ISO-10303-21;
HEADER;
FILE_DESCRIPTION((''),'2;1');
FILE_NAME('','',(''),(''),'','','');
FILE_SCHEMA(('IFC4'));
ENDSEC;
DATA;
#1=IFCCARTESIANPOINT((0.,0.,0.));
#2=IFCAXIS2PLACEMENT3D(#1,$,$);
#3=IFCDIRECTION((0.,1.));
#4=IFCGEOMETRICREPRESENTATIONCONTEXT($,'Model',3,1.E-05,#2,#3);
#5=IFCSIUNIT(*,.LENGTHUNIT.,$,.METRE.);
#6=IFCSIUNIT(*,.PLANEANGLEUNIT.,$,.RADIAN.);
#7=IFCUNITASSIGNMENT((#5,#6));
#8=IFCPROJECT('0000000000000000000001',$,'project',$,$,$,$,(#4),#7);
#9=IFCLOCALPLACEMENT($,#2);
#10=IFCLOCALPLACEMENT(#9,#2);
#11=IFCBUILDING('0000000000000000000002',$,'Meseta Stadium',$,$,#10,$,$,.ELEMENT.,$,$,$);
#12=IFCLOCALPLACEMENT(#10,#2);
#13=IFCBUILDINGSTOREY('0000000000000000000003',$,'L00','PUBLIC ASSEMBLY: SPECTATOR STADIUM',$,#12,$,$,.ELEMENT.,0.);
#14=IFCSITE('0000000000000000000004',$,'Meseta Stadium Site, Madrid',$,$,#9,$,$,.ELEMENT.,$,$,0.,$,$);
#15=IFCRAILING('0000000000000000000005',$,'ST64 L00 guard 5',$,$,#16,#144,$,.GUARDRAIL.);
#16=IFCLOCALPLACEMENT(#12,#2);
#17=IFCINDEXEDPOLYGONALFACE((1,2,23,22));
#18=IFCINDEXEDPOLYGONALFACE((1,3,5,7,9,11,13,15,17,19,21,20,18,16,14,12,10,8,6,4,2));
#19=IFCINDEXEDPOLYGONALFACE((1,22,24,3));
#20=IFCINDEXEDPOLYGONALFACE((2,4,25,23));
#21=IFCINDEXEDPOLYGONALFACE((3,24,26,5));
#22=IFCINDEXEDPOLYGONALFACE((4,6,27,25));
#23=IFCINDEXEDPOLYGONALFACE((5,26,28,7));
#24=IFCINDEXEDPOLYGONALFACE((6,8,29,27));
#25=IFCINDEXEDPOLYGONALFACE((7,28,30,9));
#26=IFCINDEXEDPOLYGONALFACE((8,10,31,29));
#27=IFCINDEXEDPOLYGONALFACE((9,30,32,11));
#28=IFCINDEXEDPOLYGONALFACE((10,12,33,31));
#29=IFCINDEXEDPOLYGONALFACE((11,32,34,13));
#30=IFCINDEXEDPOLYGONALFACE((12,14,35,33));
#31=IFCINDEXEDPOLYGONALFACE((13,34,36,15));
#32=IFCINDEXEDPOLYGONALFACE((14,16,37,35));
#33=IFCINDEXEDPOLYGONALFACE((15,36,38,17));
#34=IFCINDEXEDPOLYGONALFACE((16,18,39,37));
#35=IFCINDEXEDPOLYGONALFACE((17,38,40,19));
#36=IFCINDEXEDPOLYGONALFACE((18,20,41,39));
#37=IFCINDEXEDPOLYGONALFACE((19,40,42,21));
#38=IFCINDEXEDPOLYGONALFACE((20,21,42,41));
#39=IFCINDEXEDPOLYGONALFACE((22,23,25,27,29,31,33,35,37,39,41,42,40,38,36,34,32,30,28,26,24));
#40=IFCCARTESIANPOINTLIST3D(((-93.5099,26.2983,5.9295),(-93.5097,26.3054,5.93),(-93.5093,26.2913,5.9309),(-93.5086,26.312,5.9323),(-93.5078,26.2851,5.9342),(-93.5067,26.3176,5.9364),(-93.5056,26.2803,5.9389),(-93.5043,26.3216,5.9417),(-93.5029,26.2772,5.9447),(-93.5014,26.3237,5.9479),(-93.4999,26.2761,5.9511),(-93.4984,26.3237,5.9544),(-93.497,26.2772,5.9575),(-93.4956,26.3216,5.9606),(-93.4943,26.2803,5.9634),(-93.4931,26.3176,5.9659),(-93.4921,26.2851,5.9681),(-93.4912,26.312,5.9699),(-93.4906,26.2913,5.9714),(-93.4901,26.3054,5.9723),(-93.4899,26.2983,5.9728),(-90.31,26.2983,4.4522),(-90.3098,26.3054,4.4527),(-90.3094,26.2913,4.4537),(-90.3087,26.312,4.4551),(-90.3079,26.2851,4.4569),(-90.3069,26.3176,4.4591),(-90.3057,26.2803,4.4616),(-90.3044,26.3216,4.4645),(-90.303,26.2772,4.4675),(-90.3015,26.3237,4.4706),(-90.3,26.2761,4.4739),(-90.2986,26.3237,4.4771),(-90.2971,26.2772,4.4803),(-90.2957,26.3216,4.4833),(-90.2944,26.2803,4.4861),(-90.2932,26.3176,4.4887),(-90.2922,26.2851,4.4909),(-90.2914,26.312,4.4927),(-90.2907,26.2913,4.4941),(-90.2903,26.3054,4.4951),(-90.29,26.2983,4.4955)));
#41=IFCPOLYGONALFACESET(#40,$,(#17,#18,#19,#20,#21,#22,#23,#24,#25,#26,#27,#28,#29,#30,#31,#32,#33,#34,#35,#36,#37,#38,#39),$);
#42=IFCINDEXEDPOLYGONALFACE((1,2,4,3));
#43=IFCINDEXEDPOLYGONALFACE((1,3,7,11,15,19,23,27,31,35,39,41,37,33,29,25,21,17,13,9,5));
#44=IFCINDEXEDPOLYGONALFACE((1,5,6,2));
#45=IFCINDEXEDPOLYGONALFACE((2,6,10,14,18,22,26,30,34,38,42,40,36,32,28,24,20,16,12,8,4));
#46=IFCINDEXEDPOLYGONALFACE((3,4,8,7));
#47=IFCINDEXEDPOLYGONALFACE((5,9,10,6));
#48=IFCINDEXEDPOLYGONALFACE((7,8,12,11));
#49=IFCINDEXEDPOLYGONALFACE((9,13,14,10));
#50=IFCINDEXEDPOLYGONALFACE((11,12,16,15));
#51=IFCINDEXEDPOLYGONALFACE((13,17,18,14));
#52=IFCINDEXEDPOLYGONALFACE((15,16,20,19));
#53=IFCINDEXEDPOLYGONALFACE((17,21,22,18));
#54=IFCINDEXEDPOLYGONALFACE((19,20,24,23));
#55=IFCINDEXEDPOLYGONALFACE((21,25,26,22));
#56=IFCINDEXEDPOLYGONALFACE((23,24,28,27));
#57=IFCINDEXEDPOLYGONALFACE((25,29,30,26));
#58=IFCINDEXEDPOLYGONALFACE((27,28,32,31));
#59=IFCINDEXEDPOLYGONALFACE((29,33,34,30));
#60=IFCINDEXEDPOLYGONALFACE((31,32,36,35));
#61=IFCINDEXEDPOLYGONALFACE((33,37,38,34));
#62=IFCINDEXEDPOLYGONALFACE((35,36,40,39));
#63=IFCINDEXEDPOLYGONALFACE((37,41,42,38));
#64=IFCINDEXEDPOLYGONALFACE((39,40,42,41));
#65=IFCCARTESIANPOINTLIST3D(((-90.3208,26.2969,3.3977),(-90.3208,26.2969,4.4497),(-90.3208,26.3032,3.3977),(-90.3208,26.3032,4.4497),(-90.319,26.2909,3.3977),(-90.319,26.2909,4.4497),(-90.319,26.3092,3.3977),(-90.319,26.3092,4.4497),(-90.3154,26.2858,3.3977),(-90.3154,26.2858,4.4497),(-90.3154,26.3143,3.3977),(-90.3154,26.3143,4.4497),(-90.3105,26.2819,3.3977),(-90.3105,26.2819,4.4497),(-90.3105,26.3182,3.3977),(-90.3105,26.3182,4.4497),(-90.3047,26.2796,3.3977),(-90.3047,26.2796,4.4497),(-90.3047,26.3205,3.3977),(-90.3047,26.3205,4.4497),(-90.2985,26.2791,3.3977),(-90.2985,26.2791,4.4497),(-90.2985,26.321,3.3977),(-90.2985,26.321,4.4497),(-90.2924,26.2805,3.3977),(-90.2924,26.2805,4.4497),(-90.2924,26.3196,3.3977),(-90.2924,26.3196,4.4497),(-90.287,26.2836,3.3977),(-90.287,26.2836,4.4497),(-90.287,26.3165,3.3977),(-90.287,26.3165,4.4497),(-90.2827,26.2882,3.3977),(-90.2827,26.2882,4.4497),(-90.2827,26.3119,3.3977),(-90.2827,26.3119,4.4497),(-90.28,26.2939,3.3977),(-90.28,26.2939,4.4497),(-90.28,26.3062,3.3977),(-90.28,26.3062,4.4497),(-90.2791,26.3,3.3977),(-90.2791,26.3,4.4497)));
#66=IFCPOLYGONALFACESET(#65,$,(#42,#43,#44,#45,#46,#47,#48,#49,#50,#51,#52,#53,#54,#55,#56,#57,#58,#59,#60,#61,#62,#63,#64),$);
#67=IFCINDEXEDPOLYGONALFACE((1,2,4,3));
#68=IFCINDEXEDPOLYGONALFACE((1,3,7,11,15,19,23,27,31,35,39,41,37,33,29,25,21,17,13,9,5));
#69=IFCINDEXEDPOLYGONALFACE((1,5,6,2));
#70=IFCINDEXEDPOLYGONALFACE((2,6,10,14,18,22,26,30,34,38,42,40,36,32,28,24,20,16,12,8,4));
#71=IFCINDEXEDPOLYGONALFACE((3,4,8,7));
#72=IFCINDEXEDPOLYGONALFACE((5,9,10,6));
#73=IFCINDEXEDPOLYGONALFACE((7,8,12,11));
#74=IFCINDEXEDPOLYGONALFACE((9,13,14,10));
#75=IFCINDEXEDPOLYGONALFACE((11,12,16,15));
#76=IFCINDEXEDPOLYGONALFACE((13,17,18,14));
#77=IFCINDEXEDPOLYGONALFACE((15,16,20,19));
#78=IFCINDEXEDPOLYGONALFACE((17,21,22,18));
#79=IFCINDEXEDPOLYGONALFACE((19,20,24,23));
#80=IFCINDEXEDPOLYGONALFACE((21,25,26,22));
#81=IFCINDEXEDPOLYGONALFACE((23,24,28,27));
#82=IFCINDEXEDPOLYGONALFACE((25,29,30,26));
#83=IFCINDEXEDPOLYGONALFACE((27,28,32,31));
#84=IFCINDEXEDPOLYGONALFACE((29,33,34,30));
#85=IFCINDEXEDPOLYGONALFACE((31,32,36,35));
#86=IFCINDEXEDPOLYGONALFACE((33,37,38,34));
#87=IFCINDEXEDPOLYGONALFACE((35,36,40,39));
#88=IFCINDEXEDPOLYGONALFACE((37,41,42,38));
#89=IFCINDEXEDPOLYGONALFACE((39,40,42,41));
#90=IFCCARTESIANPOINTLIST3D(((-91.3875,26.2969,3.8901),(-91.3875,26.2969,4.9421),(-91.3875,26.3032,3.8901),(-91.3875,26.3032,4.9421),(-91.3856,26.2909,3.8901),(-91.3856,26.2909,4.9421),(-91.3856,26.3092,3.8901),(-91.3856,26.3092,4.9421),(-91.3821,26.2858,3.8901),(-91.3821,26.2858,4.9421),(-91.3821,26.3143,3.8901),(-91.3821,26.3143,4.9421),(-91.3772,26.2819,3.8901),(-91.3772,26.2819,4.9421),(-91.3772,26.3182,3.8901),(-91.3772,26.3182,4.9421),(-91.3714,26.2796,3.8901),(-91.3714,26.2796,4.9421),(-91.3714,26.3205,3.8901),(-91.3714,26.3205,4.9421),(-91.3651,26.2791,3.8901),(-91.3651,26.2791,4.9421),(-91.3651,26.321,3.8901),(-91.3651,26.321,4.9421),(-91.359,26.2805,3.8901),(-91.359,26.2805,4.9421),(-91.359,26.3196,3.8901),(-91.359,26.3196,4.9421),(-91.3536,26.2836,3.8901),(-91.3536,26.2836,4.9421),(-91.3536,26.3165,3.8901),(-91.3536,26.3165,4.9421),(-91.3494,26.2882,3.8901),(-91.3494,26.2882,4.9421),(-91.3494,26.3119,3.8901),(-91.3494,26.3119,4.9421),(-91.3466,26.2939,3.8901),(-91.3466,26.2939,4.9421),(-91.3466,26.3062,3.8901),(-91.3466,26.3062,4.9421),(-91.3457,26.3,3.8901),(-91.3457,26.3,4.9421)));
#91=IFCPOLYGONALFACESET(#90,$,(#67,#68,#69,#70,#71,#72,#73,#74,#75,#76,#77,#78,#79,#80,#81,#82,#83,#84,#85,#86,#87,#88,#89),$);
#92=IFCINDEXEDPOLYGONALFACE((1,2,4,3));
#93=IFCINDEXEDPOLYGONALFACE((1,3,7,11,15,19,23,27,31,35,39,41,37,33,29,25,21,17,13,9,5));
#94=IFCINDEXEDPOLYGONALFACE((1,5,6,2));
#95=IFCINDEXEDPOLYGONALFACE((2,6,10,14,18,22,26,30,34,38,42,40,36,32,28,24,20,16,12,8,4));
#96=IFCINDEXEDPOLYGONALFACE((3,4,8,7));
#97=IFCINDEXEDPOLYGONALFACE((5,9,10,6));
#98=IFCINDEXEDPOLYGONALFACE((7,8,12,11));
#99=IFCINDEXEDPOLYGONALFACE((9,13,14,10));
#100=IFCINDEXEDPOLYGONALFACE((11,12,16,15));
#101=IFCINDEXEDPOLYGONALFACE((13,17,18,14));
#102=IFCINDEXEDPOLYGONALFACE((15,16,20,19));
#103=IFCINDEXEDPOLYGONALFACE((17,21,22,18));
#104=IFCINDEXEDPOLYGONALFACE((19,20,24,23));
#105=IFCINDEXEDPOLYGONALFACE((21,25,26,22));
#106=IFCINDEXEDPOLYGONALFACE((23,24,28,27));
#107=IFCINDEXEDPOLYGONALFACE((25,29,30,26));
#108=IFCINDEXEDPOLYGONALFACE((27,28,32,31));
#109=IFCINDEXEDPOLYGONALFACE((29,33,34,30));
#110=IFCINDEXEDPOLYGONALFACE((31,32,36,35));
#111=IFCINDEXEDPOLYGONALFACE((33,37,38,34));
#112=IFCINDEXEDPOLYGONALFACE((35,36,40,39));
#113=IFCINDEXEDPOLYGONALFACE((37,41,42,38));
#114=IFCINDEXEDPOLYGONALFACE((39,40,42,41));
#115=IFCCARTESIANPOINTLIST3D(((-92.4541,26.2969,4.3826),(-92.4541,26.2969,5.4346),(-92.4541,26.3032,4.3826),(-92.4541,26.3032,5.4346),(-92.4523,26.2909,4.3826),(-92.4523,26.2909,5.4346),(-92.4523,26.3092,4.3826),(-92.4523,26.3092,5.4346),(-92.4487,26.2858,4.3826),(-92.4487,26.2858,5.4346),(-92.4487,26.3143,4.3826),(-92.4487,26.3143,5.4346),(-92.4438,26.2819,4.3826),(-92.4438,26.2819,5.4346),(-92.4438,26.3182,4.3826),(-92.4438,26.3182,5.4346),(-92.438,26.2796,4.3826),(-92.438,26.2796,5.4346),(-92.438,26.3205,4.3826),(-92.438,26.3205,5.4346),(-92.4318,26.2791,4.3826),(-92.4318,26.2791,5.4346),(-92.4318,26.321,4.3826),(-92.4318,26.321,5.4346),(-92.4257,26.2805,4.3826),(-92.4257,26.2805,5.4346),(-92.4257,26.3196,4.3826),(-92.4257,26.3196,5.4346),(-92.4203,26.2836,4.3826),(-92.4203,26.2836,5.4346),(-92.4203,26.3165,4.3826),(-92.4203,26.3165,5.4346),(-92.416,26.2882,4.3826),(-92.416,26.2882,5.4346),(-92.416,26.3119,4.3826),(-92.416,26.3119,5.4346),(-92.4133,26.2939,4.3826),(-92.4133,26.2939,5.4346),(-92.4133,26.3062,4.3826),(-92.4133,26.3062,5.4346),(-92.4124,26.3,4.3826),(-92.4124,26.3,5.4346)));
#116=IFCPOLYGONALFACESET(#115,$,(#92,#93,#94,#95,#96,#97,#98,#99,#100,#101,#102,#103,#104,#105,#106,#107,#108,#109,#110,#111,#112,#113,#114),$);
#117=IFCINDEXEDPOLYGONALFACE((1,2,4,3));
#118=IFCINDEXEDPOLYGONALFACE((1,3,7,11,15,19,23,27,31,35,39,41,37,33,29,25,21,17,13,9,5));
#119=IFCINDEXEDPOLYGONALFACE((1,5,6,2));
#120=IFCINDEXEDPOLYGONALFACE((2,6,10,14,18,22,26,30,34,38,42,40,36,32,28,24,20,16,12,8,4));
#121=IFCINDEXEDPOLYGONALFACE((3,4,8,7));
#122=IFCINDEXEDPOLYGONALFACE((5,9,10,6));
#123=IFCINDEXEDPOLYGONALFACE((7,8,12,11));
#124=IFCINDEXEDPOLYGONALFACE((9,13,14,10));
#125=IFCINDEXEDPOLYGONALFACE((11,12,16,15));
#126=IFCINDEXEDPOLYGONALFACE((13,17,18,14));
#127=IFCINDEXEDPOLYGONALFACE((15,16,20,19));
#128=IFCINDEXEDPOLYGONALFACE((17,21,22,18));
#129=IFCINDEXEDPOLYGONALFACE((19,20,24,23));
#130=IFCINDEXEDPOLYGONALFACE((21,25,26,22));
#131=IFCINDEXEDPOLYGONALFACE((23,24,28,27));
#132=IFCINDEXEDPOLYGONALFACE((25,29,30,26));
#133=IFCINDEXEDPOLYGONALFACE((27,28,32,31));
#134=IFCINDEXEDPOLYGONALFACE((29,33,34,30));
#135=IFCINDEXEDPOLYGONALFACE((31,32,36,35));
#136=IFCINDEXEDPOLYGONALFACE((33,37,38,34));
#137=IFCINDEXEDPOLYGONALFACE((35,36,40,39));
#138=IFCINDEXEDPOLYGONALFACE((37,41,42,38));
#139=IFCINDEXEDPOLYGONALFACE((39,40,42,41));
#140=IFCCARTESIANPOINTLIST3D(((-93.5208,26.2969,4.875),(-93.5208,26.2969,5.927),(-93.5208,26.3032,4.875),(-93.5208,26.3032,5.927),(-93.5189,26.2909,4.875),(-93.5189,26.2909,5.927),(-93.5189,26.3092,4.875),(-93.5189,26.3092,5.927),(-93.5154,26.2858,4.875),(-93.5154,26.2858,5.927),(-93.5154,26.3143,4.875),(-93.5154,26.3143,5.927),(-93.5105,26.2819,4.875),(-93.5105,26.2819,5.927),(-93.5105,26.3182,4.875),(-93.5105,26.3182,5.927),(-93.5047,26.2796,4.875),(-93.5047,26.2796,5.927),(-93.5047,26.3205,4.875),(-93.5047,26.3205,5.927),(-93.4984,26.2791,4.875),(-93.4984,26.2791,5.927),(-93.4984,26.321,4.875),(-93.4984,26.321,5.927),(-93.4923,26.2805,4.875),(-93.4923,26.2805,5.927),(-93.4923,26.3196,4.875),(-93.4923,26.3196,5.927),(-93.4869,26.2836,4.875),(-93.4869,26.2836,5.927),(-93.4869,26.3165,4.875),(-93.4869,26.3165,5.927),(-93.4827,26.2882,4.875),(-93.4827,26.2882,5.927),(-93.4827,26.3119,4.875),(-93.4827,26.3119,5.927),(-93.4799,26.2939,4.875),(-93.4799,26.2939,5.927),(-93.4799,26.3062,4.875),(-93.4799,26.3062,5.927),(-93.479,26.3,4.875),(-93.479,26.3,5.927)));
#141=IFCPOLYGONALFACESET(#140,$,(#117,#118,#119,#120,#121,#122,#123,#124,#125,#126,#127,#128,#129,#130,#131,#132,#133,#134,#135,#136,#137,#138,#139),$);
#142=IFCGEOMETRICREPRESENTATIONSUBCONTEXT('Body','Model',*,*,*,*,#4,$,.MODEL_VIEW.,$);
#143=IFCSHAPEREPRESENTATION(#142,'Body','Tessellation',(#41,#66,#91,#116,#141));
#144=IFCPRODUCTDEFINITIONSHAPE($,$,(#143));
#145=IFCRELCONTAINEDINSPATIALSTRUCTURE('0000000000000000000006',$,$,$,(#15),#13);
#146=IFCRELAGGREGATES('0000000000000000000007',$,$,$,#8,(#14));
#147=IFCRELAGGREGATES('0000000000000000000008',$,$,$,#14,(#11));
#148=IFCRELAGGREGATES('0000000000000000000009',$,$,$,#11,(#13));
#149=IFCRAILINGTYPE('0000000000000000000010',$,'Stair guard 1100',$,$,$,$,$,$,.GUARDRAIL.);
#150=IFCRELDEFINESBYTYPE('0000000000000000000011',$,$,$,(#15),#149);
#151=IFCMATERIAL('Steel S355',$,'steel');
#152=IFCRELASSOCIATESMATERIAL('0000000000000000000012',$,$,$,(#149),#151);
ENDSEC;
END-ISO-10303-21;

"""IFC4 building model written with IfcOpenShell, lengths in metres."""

from ifc_helpers import new_model, si_unit, direction, frame, origin, origin_2d, place, context, subcontext, project, spatial, circle, extrude, material, type_object, element, save


model = new_model("IFC4")

# Units and contexts
model_context = context("Model", 3, precision=1e-05, world=origin(), true_north=direction((0.0, 1.0)))
body_context = subcontext(model_context, "Body", "Model", "MODEL_VIEW")
ifc_project = project(units=[si_unit("LENGTHUNIT", "METRE"), si_unit("PLANEANGLEUNIT", "RADIAN")], contexts=[model_context])

# Site, building, storey
site_placement = place(None, origin())
site = spatial("IfcSite", under=ifc_project, at=site_placement, Name="Meseta Stadium Site, Madrid", CompositionType="ELEMENT", RefElevation=0.0)
building_placement = place(site_placement, origin())
building = spatial("IfcBuilding", under=site, at=building_placement, Name="Meseta Stadium", CompositionType="ELEMENT")
storey_placement = place(building_placement, origin())
storey = spatial("IfcBuildingStorey", under=building, at=storey_placement, Name="L00", Description="PUBLIC ASSEMBLY: SPECTATOR STADIUM", CompositionType="ELEMENT", Elevation=0.0)

# Railing
ifc_material_1 = material(Name="Steel S355", Category="steel")
railing_type_1 = type_object("IfcRailingType", Name="Stair guard 1100", PredefinedType="GUARDRAIL", material=ifc_material_1)
railing_1_placement = place(storey_placement, frame((-90.3, 26.3, 3.3977)))
element("IfcRailing", 1, at=railing_1_placement, inside=storey, type_object=railing_type_1, Name="ST64 L00 guard 5", PredefinedType="GUARDRAIL", context=body_context, shape_type="SweptSolid", body=[
    extrude(circle(Radius=0.0239, at=origin_2d()), frame((0.0, 0.0, 1.0762), z_axis=(-0.907917, 0.0, 0.41915), x_axis=(0.0, -1.0, 0.0)), (0.0, 0.0, 1.0), 3.5244),
    extrude(circle(Radius=0.021, at=origin_2d()), origin(), (0.0, 0.0, 1.0), 1.052),
    extrude(circle(Radius=0.021, at=origin_2d()), frame((-1.0667, 0.0, 0.4924)), (0.0, 0.0, 1.0), 1.052),
    extrude(circle(Radius=0.021, at=origin_2d()), frame((-2.1333, 0.0, 0.9849)), (0.0, 0.0, 1.0), 1.052),
    extrude(circle(Radius=0.021, at=origin_2d()), frame((-3.2, 0.0, 1.4773)), (0.0, 0.0, 1.0), 1.052),
])

save(model, "model.ifc")
